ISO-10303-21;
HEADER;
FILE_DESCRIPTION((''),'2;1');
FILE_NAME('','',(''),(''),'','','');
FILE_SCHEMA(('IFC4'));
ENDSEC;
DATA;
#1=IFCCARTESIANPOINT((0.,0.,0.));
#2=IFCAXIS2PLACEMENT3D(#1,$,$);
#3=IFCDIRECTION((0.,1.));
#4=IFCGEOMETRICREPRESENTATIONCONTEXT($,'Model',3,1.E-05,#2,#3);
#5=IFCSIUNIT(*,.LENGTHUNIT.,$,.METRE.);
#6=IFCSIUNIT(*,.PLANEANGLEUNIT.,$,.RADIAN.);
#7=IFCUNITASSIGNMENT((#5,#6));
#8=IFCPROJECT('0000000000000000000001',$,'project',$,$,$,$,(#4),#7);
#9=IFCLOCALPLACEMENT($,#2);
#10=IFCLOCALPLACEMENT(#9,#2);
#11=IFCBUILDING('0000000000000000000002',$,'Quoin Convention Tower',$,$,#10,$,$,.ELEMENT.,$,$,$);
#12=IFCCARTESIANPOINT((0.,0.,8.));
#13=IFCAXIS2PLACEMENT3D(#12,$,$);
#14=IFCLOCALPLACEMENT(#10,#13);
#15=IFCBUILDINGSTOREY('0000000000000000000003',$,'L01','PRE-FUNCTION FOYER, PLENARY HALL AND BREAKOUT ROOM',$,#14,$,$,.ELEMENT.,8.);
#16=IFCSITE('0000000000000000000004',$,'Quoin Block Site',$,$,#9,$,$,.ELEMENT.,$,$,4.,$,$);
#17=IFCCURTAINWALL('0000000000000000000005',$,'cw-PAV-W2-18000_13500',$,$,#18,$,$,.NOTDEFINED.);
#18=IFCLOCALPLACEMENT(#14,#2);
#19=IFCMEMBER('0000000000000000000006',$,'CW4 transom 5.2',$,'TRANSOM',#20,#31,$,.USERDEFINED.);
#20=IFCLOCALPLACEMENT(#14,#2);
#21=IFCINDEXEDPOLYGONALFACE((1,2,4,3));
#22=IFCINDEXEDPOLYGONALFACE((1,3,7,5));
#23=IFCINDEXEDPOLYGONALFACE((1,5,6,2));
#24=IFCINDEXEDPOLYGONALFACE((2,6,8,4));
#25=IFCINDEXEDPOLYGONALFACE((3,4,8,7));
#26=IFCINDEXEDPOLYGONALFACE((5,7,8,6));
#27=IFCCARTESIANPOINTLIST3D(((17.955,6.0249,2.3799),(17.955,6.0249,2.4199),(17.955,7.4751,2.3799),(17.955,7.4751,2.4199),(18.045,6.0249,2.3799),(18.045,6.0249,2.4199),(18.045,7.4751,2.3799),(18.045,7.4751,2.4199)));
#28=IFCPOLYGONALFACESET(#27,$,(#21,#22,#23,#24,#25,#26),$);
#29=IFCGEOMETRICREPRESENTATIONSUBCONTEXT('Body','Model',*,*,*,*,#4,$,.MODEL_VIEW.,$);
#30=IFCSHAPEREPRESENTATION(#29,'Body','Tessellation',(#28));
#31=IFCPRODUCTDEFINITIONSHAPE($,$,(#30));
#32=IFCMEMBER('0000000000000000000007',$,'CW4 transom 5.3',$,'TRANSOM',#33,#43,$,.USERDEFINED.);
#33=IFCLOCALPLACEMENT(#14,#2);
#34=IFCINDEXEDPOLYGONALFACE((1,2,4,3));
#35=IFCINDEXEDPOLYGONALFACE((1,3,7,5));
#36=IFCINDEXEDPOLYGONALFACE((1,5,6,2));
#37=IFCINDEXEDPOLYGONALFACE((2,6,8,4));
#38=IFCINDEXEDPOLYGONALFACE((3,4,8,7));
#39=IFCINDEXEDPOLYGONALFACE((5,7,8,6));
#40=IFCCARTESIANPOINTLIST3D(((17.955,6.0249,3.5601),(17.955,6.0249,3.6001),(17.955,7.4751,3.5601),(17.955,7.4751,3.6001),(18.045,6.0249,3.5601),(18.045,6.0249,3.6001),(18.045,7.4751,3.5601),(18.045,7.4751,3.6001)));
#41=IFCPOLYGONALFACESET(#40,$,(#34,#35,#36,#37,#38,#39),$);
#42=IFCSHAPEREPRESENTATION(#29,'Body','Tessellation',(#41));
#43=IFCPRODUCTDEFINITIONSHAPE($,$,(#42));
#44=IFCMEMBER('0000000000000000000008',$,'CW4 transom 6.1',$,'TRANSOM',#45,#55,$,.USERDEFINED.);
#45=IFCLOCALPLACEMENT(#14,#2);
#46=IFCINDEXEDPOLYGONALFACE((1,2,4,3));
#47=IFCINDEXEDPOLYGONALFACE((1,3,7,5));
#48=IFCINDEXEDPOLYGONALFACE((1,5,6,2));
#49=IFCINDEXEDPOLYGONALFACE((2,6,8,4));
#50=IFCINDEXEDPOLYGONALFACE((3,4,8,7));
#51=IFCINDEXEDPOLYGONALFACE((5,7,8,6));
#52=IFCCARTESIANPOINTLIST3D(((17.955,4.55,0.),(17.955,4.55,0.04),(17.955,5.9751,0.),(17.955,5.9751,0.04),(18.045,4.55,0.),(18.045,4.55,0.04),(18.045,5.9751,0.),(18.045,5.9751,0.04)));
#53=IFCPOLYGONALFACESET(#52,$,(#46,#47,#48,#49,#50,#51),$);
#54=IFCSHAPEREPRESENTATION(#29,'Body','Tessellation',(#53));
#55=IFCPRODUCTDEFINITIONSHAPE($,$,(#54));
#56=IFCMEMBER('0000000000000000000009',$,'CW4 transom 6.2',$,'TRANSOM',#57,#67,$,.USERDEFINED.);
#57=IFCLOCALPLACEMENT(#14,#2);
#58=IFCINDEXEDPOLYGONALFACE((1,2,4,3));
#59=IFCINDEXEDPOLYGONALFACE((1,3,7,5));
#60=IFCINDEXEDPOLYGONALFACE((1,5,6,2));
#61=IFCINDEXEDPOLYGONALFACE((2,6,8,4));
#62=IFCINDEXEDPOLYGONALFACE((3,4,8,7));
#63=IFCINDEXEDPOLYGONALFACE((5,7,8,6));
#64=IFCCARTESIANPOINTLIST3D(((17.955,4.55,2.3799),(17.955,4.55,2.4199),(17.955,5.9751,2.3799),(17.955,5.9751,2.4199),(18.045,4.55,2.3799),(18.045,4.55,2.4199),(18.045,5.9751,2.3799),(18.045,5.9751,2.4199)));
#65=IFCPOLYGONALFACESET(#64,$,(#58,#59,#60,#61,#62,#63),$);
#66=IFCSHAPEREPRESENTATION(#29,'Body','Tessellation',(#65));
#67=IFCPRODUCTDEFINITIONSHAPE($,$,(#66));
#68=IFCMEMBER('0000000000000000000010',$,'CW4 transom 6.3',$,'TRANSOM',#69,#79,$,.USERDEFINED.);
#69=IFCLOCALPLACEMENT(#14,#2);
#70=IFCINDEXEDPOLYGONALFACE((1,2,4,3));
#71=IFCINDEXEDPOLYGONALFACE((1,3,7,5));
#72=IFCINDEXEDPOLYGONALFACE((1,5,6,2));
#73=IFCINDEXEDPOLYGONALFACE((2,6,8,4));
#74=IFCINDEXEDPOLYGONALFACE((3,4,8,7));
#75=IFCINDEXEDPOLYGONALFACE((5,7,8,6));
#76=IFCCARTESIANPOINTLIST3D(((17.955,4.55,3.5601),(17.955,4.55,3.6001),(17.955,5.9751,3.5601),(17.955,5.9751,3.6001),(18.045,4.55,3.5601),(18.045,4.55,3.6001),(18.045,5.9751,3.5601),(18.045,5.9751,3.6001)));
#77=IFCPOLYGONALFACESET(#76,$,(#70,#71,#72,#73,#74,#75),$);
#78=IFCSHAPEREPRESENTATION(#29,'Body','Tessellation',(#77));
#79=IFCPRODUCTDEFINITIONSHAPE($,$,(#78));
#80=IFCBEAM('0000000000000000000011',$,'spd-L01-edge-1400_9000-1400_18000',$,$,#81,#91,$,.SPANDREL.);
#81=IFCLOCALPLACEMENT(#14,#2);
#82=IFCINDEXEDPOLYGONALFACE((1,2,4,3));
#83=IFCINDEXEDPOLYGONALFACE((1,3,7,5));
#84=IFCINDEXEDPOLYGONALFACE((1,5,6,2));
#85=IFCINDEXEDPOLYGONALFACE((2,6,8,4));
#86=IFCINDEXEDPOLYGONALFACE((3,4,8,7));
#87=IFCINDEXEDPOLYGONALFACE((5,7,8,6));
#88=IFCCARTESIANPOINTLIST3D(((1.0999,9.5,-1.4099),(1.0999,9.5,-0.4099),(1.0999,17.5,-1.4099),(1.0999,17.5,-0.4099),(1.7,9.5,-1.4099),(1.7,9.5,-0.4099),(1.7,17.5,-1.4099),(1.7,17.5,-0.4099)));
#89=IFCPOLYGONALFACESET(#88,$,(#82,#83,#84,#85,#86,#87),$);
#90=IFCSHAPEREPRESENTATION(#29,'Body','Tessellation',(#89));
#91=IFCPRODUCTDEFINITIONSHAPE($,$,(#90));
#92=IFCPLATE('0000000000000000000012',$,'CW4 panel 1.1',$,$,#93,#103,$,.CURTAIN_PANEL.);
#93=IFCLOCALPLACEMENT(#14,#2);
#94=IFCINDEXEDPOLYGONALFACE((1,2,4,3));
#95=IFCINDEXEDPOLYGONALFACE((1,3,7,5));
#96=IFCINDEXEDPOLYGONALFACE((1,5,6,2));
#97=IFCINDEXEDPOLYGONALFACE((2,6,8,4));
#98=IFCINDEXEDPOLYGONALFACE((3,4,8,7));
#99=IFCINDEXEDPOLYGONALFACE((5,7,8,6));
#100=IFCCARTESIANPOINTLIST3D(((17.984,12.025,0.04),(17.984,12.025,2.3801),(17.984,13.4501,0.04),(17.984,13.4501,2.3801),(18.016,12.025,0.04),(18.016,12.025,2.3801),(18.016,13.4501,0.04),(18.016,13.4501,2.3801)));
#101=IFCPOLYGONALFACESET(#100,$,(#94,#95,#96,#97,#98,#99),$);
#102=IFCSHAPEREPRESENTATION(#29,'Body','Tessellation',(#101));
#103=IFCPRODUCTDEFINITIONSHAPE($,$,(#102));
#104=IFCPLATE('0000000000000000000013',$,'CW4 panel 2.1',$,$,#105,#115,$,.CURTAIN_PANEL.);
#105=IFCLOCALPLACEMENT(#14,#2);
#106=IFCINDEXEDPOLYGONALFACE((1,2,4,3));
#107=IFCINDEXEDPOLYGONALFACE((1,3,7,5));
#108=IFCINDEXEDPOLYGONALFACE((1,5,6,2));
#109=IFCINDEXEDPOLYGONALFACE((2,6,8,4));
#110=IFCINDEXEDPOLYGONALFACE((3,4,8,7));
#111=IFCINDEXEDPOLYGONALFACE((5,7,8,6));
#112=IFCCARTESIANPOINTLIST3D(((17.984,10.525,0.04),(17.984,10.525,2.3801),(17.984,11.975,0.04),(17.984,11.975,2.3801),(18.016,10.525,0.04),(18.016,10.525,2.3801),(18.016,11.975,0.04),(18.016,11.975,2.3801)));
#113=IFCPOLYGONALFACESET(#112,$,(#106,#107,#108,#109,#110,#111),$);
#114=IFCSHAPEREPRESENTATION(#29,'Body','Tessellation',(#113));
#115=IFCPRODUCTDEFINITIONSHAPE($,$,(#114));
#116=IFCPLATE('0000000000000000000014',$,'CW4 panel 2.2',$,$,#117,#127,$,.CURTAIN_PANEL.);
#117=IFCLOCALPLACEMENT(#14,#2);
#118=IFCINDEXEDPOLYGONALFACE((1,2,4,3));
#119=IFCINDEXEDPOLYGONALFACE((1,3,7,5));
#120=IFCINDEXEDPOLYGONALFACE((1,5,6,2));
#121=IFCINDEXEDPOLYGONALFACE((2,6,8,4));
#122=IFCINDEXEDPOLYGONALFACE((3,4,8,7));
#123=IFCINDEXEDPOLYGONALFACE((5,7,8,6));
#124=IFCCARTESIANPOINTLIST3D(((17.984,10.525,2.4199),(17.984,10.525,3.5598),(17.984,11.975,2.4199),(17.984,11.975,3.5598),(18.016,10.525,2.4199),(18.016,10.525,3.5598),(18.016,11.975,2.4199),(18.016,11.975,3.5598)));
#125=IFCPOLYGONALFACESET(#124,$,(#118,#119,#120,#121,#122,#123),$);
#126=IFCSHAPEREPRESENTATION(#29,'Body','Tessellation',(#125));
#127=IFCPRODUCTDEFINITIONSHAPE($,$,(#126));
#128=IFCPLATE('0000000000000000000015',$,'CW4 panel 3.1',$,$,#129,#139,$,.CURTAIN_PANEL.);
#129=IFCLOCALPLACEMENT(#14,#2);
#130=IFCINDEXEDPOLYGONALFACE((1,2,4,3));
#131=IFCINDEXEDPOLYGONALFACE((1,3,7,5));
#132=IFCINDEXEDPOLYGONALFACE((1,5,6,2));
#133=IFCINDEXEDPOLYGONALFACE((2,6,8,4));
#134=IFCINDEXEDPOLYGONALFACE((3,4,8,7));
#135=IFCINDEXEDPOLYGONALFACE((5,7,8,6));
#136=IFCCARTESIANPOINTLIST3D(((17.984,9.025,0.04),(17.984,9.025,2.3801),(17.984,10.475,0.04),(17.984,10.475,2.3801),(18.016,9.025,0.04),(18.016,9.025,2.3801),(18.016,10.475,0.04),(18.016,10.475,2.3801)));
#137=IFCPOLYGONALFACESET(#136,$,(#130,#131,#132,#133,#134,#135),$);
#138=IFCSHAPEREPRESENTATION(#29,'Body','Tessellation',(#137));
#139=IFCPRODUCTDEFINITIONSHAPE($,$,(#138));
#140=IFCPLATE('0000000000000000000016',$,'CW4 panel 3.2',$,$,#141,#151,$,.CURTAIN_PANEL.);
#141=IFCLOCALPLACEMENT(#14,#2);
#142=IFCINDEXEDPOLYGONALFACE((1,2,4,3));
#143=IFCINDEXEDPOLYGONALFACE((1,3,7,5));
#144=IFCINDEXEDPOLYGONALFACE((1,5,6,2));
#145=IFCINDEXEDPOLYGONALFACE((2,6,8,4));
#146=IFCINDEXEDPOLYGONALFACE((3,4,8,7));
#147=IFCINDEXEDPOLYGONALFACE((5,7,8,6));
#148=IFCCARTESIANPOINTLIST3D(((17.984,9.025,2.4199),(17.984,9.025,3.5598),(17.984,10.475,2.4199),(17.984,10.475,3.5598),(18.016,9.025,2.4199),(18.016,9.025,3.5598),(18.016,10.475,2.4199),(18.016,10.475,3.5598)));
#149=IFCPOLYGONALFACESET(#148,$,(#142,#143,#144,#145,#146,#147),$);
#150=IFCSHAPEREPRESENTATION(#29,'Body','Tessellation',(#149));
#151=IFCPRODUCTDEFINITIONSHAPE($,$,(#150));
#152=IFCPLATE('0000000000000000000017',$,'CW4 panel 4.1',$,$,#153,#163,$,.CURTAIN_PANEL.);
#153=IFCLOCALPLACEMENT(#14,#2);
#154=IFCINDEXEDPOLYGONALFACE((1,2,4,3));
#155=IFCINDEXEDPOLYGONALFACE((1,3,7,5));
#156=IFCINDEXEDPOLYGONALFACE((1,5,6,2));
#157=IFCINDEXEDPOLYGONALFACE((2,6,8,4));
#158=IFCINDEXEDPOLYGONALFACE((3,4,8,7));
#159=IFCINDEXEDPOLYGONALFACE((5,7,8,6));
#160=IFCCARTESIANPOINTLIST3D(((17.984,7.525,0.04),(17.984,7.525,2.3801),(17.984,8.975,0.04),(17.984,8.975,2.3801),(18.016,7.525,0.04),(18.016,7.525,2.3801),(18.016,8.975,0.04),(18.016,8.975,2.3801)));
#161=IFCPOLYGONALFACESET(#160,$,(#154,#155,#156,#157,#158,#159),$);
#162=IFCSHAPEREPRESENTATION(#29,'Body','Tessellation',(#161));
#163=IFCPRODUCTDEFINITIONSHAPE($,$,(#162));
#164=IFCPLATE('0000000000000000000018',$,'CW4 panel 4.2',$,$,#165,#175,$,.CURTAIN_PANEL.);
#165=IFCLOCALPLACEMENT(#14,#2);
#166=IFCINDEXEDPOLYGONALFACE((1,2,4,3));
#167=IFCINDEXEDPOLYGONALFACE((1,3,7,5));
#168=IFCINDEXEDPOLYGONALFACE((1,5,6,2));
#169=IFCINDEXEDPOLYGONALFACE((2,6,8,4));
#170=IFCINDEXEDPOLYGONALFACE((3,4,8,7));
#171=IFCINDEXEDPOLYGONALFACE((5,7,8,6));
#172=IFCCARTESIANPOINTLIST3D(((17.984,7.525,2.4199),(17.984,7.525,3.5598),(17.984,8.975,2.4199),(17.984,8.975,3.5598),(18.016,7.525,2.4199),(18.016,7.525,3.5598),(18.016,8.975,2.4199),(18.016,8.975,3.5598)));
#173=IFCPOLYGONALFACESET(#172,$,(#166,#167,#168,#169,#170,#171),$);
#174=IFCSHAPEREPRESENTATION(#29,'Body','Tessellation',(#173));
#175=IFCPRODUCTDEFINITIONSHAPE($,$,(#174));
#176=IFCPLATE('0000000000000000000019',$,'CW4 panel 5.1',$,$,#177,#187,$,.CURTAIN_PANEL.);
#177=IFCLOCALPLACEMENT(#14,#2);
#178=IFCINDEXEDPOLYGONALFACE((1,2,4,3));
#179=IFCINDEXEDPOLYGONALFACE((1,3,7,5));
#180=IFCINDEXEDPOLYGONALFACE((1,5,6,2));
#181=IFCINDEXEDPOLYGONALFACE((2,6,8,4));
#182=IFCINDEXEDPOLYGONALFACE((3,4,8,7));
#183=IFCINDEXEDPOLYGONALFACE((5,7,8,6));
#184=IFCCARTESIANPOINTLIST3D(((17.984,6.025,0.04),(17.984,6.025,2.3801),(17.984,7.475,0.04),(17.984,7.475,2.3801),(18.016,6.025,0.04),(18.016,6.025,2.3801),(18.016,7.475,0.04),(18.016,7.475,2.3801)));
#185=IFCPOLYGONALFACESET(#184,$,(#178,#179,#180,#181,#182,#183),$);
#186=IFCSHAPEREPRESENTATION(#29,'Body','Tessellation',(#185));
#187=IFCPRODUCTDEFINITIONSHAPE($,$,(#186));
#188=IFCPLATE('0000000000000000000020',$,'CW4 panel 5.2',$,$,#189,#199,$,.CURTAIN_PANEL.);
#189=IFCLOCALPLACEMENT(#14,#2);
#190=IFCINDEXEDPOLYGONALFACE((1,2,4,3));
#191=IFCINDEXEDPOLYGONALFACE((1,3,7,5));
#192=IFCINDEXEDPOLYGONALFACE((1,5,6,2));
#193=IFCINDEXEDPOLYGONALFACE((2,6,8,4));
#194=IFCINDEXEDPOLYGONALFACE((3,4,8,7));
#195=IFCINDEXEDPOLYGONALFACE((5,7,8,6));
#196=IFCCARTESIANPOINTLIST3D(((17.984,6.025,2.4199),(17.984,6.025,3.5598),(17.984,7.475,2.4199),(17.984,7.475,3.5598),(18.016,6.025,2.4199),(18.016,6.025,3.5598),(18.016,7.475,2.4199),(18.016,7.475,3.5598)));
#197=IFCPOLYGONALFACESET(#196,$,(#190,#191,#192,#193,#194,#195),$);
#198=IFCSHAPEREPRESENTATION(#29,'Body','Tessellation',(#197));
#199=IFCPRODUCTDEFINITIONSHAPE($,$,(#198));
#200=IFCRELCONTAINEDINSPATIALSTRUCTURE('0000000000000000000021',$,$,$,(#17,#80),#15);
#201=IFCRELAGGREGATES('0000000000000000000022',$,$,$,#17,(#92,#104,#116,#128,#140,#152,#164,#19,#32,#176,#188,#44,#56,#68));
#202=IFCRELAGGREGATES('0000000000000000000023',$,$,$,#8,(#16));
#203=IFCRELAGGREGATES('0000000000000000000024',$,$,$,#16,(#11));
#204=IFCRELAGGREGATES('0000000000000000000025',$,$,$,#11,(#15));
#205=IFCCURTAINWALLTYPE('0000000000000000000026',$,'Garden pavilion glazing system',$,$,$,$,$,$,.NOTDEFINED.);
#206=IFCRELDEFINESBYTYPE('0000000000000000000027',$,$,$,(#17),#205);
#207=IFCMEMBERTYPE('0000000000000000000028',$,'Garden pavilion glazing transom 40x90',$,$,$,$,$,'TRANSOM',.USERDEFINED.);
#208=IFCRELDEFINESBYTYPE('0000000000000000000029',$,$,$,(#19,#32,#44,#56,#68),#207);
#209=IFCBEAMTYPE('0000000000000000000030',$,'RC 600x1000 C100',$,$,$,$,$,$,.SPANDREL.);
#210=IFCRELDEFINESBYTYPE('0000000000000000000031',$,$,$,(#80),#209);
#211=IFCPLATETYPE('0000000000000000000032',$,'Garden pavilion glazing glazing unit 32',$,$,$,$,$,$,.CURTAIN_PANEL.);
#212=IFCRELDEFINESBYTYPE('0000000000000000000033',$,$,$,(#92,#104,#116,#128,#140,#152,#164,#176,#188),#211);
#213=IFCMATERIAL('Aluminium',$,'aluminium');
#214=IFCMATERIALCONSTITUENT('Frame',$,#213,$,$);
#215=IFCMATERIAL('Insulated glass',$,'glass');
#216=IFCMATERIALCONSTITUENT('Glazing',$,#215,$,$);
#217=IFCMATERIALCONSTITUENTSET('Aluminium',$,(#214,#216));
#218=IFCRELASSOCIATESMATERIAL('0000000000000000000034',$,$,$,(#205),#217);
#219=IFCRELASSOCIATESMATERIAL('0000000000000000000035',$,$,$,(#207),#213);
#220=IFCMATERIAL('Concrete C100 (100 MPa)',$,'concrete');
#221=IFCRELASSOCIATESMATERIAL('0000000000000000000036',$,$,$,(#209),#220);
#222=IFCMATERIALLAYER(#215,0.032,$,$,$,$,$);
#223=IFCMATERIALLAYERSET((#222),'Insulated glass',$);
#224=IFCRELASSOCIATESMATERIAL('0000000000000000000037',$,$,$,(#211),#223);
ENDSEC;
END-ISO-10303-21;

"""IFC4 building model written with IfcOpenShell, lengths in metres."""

from ifc_helpers import new_model, si_unit, direction, frame, origin, origin_2d, place, context, subcontext, project, spatial, rectangle, extrude, material, layer, layer_set, constituent, constituent_set, material_profile, profile_set, type_object, element, aggregate, save


model = new_model("IFC4")

# Units and contexts
model_context = context("Model", 3, precision=1e-05, world=origin(), true_north=direction((0.0, 1.0)))
body_context = subcontext(model_context, "Body", "Model", "MODEL_VIEW")
ifc_project = project(units=[si_unit("LENGTHUNIT", "METRE"), si_unit("PLANEANGLEUNIT", "RADIAN")], contexts=[model_context])

# Site, building, storey
site_placement = place(None, origin())
site = spatial("IfcSite", under=ifc_project, at=site_placement, Name="Quoin Block Site", CompositionType="ELEMENT", RefElevation=4.0)
building_placement = place(site_placement, origin())
building = spatial("IfcBuilding", under=site, at=building_placement, Name="Quoin Convention Tower", CompositionType="ELEMENT")
storey_placement = place(building_placement, frame((0.0, 0.0, 8.0)))
storey = spatial("IfcBuildingStorey", under=building, at=storey_placement, Name="L01", Description="PRE-FUNCTION FOYER, PLENARY HALL AND BREAKOUT ROOM", CompositionType="ELEMENT", Elevation=8.0)

# Curtain wall, members
ifc_material_1 = material(Name="Aluminium", Category="aluminium")
ifc_constituent_1 = constituent(ifc_material_1, Name="Frame")
ifc_material_2 = material(Name="Insulated glass", Category="glass")
ifc_constituent_2 = constituent(ifc_material_2, Name="Glazing")
ifc_constituent_set = constituent_set(constituents=[ifc_constituent_1, ifc_constituent_2], Name="Aluminium")
curtain_wall_type = type_object("IfcCurtainWallType", Name="Garden pavilion glazing system", PredefinedType="NOTDEFINED", material=ifc_constituent_set)
curtain_wall_placement = place(storey_placement, origin())
curtain_wall = element("IfcCurtainWall", 1, at=curtain_wall_placement, inside=storey, type_object=curtain_wall_type, Name="cw-PAV-W2-18000_13500", PredefinedType="NOTDEFINED")
ifc_material_profile_1 = material_profile(ifc_material_1, rectangle(XDim=0.0901, YDim=0.04, at=origin_2d()), Name="Garden pavilion glazing transom 40x90")
ifc_profile_set_1 = profile_set([ifc_material_profile_1], Name="Aluminium")
member_type_1 = type_object("IfcMemberType", Name="Garden pavilion glazing transom 40x90", ElementType="TRANSOM", PredefinedType="USERDEFINED", material=ifc_profile_set_1)
member_1_placement = place(storey_placement, frame((18.0, 7.4751, 2.3999), z_axis=(0.0, -1.0, 0.0), x_axis=(1.0, 0.0, 0.0)))
member_1 = element("IfcMember", 2, at=member_1_placement, type_object=member_type_1, Name="CW4 transom 5.2", ObjectType="TRANSOM", PredefinedType="USERDEFINED", context=body_context, shape_type="SweptSolid", body=[
    extrude(rectangle(XDim=0.0901, YDim=0.04, at=origin_2d()), origin(), (0.0, 0.0, 1.0), 1.4502),
])
member_2_placement = place(storey_placement, frame((18.0, 7.4751, 3.5801), z_axis=(0.0, -1.0, 0.0), x_axis=(1.0, 0.0, 0.0)))
member_2 = element("IfcMember", 3, at=member_2_placement, type_object=member_type_1, Name="CW4 transom 5.3", ObjectType="TRANSOM", PredefinedType="USERDEFINED", context=body_context, shape_type="SweptSolid", body=[
    extrude(rectangle(XDim=0.0901, YDim=0.04, at=origin_2d()), origin(), (0.0, 0.0, 1.0), 1.4502),
])
member_3_placement = place(storey_placement, frame((18.0, 5.9751, 0.02), z_axis=(0.0, -1.0, 0.0), x_axis=(1.0, 0.0, 0.0)))
member_3 = element("IfcMember", 4, at=member_3_placement, type_object=member_type_1, Name="CW4 transom 6.1", ObjectType="TRANSOM", PredefinedType="USERDEFINED", context=body_context, shape_type="SweptSolid", body=[
    extrude(rectangle(XDim=0.0901, YDim=0.04, at=origin_2d()), origin(), (0.0, 0.0, 1.0), 1.425),
])
member_4_placement = place(storey_placement, frame((18.0, 5.9751, 2.3999), z_axis=(0.0, -1.0, 0.0), x_axis=(1.0, 0.0, 0.0)))
member_4 = element("IfcMember", 5, at=member_4_placement, type_object=member_type_1, Name="CW4 transom 6.2", ObjectType="TRANSOM", PredefinedType="USERDEFINED", context=body_context, shape_type="SweptSolid", body=[
    extrude(rectangle(XDim=0.0901, YDim=0.04, at=origin_2d()), origin(), (0.0, 0.0, 1.0), 1.425),
])
member_5_placement = place(storey_placement, frame((18.0, 5.9751, 3.5801), z_axis=(0.0, -1.0, 0.0), x_axis=(1.0, 0.0, 0.0)))
member_5 = element("IfcMember", 6, at=member_5_placement, type_object=member_type_1, Name="CW4 transom 6.3", ObjectType="TRANSOM", PredefinedType="USERDEFINED", context=body_context, shape_type="SweptSolid", body=[
    extrude(rectangle(XDim=0.0901, YDim=0.04, at=origin_2d()), origin(), (0.0, 0.0, 1.0), 1.425),
])

# Beam
ifc_material_3 = material(Name="Concrete C100 (100 MPa)", Category="concrete")
ifc_material_profile_2 = material_profile(ifc_material_3, rectangle(XDim=0.6001, YDim=1.0, at=origin_2d()), Name="RC 600x1000")
ifc_profile_set_2 = profile_set([ifc_material_profile_2], Name="Concrete C100 (100 MPa)")
beam_type = type_object("IfcBeamType", Name="RC 600x1000 C100", PredefinedType="SPANDREL", material=ifc_profile_set_2)
beam_placement = place(storey_placement, frame((1.3999, 9.5, -0.9099), z_axis=(0.0, 1.0, 0.0), x_axis=(-1.0, 0.0, 0.0)))
element("IfcBeam", 7, at=beam_placement, inside=storey, type_object=beam_type, Name="spd-L01-edge-1400_9000-1400_18000", PredefinedType="SPANDREL", context=body_context, shape_type="SweptSolid", body=[
    extrude(rectangle(XDim=0.6001, YDim=1.0, at=origin_2d()), origin(), (0.0, 0.0, 1.0), 8.0),
])

# Plates
ifc_layer_1 = layer(ifc_material_2, 0.032)
ifc_layer_set_1 = layer_set([ifc_layer_1], Name="Insulated glass")
plate_type = type_object("IfcPlateType", Name="Garden pavilion glazing glazing unit 32", PredefinedType="CURTAIN_PANEL", material=ifc_layer_set_1)
plate_1_placement = place(storey_placement, frame((18.0, 12.7375, 0.04), z_axis=(0.0, 0.0, 1.0), x_axis=(0.0, -1.0, 0.0)))
plate_1 = element("IfcPlate", 8, at=plate_1_placement, type_object=plate_type, Name="CW4 panel 1.1", PredefinedType="CURTAIN_PANEL", context=body_context, shape_type="SweptSolid", body=[
    extrude(rectangle(XDim=1.425, YDim=0.032, at=origin_2d()), origin(), (0.0, 0.0, 1.0), 2.3401),
])
plate_2_placement = place(storey_placement, frame((18.0, 11.25, 0.04), z_axis=(0.0, 0.0, 1.0), x_axis=(0.0, -1.0, 0.0)))
plate_2 = element("IfcPlate", 9, at=plate_2_placement, type_object=plate_type, Name="CW4 panel 2.1", PredefinedType="CURTAIN_PANEL", context=body_context, shape_type="SweptSolid", body=[
    extrude(rectangle(XDim=1.45, YDim=0.032, at=origin_2d()), origin(), (0.0, 0.0, 1.0), 2.3401),
])
plate_3_placement = place(storey_placement, frame((18.0, 11.25, 2.4199), z_axis=(0.0, 0.0, 1.0), x_axis=(0.0, -1.0, 0.0)))
plate_3 = element("IfcPlate", 10, at=plate_3_placement, type_object=plate_type, Name="CW4 panel 2.2", PredefinedType="CURTAIN_PANEL", context=body_context, shape_type="SweptSolid", body=[
    extrude(rectangle(XDim=1.45, YDim=0.032, at=origin_2d()), origin(), (0.0, 0.0, 1.0), 1.1399),
])
plate_4_placement = place(storey_placement, frame((18.0, 9.75, 0.04), z_axis=(0.0, 0.0, 1.0), x_axis=(0.0, -1.0, 0.0)))
plate_4 = element("IfcPlate", 11, at=plate_4_placement, type_object=plate_type, Name="CW4 panel 3.1", PredefinedType="CURTAIN_PANEL", context=body_context, shape_type="SweptSolid", body=[
    extrude(rectangle(XDim=1.45, YDim=0.032, at=origin_2d()), origin(), (0.0, 0.0, 1.0), 2.3401),
])
plate_5_placement = place(storey_placement, frame((18.0, 9.75, 2.4199), z_axis=(0.0, 0.0, 1.0), x_axis=(0.0, -1.0, 0.0)))
plate_5 = element("IfcPlate", 12, at=plate_5_placement, type_object=plate_type, Name="CW4 panel 3.2", PredefinedType="CURTAIN_PANEL", context=body_context, shape_type="SweptSolid", body=[
    extrude(rectangle(XDim=1.45, YDim=0.032, at=origin_2d()), origin(), (0.0, 0.0, 1.0), 1.1399),
])
plate_6_placement = place(storey_placement, frame((18.0, 8.25, 0.04), z_axis=(0.0, 0.0, 1.0), x_axis=(0.0, -1.0, 0.0)))
plate_6 = element("IfcPlate", 13, at=plate_6_placement, type_object=plate_type, Name="CW4 panel 4.1", PredefinedType="CURTAIN_PANEL", context=body_context, shape_type="SweptSolid", body=[
    extrude(rectangle(XDim=1.45, YDim=0.032, at=origin_2d()), origin(), (0.0, 0.0, 1.0), 2.3401),
])
plate_7_placement = place(storey_placement, frame((18.0, 8.25, 2.4199), z_axis=(0.0, 0.0, 1.0), x_axis=(0.0, -1.0, 0.0)))
plate_7 = element("IfcPlate", 14, at=plate_7_placement, type_object=plate_type, Name="CW4 panel 4.2", PredefinedType="CURTAIN_PANEL", context=body_context, shape_type="SweptSolid", body=[
    extrude(rectangle(XDim=1.45, YDim=0.032, at=origin_2d()), origin(), (0.0, 0.0, 1.0), 1.1399),
])
plate_8_placement = place(storey_placement, frame((18.0, 6.75, 0.04), z_axis=(0.0, 0.0, 1.0), x_axis=(0.0, -1.0, 0.0)))
plate_8 = element("IfcPlate", 15, at=plate_8_placement, type_object=plate_type, Name="CW4 panel 5.1", PredefinedType="CURTAIN_PANEL", context=body_context, shape_type="SweptSolid", body=[
    extrude(rectangle(XDim=1.45, YDim=0.032, at=origin_2d()), origin(), (0.0, 0.0, 1.0), 2.3401),
])
plate_9_placement = place(storey_placement, frame((18.0, 6.75, 2.4199), z_axis=(0.0, 0.0, 1.0), x_axis=(0.0, -1.0, 0.0)))
plate_9 = element("IfcPlate", 16, at=plate_9_placement, type_object=plate_type, Name="CW4 panel 5.2", PredefinedType="CURTAIN_PANEL", context=body_context, shape_type="SweptSolid", body=[
    extrude(rectangle(XDim=1.45, YDim=0.032, at=origin_2d()), origin(), (0.0, 0.0, 1.0), 1.1399),
])
aggregate(curtain_wall, [plate_1, plate_2, plate_3, plate_4, plate_5, plate_6, plate_7, member_1, member_2, plate_8, plate_9, member_3, member_4, member_5])

save(model, "model.ifc")
